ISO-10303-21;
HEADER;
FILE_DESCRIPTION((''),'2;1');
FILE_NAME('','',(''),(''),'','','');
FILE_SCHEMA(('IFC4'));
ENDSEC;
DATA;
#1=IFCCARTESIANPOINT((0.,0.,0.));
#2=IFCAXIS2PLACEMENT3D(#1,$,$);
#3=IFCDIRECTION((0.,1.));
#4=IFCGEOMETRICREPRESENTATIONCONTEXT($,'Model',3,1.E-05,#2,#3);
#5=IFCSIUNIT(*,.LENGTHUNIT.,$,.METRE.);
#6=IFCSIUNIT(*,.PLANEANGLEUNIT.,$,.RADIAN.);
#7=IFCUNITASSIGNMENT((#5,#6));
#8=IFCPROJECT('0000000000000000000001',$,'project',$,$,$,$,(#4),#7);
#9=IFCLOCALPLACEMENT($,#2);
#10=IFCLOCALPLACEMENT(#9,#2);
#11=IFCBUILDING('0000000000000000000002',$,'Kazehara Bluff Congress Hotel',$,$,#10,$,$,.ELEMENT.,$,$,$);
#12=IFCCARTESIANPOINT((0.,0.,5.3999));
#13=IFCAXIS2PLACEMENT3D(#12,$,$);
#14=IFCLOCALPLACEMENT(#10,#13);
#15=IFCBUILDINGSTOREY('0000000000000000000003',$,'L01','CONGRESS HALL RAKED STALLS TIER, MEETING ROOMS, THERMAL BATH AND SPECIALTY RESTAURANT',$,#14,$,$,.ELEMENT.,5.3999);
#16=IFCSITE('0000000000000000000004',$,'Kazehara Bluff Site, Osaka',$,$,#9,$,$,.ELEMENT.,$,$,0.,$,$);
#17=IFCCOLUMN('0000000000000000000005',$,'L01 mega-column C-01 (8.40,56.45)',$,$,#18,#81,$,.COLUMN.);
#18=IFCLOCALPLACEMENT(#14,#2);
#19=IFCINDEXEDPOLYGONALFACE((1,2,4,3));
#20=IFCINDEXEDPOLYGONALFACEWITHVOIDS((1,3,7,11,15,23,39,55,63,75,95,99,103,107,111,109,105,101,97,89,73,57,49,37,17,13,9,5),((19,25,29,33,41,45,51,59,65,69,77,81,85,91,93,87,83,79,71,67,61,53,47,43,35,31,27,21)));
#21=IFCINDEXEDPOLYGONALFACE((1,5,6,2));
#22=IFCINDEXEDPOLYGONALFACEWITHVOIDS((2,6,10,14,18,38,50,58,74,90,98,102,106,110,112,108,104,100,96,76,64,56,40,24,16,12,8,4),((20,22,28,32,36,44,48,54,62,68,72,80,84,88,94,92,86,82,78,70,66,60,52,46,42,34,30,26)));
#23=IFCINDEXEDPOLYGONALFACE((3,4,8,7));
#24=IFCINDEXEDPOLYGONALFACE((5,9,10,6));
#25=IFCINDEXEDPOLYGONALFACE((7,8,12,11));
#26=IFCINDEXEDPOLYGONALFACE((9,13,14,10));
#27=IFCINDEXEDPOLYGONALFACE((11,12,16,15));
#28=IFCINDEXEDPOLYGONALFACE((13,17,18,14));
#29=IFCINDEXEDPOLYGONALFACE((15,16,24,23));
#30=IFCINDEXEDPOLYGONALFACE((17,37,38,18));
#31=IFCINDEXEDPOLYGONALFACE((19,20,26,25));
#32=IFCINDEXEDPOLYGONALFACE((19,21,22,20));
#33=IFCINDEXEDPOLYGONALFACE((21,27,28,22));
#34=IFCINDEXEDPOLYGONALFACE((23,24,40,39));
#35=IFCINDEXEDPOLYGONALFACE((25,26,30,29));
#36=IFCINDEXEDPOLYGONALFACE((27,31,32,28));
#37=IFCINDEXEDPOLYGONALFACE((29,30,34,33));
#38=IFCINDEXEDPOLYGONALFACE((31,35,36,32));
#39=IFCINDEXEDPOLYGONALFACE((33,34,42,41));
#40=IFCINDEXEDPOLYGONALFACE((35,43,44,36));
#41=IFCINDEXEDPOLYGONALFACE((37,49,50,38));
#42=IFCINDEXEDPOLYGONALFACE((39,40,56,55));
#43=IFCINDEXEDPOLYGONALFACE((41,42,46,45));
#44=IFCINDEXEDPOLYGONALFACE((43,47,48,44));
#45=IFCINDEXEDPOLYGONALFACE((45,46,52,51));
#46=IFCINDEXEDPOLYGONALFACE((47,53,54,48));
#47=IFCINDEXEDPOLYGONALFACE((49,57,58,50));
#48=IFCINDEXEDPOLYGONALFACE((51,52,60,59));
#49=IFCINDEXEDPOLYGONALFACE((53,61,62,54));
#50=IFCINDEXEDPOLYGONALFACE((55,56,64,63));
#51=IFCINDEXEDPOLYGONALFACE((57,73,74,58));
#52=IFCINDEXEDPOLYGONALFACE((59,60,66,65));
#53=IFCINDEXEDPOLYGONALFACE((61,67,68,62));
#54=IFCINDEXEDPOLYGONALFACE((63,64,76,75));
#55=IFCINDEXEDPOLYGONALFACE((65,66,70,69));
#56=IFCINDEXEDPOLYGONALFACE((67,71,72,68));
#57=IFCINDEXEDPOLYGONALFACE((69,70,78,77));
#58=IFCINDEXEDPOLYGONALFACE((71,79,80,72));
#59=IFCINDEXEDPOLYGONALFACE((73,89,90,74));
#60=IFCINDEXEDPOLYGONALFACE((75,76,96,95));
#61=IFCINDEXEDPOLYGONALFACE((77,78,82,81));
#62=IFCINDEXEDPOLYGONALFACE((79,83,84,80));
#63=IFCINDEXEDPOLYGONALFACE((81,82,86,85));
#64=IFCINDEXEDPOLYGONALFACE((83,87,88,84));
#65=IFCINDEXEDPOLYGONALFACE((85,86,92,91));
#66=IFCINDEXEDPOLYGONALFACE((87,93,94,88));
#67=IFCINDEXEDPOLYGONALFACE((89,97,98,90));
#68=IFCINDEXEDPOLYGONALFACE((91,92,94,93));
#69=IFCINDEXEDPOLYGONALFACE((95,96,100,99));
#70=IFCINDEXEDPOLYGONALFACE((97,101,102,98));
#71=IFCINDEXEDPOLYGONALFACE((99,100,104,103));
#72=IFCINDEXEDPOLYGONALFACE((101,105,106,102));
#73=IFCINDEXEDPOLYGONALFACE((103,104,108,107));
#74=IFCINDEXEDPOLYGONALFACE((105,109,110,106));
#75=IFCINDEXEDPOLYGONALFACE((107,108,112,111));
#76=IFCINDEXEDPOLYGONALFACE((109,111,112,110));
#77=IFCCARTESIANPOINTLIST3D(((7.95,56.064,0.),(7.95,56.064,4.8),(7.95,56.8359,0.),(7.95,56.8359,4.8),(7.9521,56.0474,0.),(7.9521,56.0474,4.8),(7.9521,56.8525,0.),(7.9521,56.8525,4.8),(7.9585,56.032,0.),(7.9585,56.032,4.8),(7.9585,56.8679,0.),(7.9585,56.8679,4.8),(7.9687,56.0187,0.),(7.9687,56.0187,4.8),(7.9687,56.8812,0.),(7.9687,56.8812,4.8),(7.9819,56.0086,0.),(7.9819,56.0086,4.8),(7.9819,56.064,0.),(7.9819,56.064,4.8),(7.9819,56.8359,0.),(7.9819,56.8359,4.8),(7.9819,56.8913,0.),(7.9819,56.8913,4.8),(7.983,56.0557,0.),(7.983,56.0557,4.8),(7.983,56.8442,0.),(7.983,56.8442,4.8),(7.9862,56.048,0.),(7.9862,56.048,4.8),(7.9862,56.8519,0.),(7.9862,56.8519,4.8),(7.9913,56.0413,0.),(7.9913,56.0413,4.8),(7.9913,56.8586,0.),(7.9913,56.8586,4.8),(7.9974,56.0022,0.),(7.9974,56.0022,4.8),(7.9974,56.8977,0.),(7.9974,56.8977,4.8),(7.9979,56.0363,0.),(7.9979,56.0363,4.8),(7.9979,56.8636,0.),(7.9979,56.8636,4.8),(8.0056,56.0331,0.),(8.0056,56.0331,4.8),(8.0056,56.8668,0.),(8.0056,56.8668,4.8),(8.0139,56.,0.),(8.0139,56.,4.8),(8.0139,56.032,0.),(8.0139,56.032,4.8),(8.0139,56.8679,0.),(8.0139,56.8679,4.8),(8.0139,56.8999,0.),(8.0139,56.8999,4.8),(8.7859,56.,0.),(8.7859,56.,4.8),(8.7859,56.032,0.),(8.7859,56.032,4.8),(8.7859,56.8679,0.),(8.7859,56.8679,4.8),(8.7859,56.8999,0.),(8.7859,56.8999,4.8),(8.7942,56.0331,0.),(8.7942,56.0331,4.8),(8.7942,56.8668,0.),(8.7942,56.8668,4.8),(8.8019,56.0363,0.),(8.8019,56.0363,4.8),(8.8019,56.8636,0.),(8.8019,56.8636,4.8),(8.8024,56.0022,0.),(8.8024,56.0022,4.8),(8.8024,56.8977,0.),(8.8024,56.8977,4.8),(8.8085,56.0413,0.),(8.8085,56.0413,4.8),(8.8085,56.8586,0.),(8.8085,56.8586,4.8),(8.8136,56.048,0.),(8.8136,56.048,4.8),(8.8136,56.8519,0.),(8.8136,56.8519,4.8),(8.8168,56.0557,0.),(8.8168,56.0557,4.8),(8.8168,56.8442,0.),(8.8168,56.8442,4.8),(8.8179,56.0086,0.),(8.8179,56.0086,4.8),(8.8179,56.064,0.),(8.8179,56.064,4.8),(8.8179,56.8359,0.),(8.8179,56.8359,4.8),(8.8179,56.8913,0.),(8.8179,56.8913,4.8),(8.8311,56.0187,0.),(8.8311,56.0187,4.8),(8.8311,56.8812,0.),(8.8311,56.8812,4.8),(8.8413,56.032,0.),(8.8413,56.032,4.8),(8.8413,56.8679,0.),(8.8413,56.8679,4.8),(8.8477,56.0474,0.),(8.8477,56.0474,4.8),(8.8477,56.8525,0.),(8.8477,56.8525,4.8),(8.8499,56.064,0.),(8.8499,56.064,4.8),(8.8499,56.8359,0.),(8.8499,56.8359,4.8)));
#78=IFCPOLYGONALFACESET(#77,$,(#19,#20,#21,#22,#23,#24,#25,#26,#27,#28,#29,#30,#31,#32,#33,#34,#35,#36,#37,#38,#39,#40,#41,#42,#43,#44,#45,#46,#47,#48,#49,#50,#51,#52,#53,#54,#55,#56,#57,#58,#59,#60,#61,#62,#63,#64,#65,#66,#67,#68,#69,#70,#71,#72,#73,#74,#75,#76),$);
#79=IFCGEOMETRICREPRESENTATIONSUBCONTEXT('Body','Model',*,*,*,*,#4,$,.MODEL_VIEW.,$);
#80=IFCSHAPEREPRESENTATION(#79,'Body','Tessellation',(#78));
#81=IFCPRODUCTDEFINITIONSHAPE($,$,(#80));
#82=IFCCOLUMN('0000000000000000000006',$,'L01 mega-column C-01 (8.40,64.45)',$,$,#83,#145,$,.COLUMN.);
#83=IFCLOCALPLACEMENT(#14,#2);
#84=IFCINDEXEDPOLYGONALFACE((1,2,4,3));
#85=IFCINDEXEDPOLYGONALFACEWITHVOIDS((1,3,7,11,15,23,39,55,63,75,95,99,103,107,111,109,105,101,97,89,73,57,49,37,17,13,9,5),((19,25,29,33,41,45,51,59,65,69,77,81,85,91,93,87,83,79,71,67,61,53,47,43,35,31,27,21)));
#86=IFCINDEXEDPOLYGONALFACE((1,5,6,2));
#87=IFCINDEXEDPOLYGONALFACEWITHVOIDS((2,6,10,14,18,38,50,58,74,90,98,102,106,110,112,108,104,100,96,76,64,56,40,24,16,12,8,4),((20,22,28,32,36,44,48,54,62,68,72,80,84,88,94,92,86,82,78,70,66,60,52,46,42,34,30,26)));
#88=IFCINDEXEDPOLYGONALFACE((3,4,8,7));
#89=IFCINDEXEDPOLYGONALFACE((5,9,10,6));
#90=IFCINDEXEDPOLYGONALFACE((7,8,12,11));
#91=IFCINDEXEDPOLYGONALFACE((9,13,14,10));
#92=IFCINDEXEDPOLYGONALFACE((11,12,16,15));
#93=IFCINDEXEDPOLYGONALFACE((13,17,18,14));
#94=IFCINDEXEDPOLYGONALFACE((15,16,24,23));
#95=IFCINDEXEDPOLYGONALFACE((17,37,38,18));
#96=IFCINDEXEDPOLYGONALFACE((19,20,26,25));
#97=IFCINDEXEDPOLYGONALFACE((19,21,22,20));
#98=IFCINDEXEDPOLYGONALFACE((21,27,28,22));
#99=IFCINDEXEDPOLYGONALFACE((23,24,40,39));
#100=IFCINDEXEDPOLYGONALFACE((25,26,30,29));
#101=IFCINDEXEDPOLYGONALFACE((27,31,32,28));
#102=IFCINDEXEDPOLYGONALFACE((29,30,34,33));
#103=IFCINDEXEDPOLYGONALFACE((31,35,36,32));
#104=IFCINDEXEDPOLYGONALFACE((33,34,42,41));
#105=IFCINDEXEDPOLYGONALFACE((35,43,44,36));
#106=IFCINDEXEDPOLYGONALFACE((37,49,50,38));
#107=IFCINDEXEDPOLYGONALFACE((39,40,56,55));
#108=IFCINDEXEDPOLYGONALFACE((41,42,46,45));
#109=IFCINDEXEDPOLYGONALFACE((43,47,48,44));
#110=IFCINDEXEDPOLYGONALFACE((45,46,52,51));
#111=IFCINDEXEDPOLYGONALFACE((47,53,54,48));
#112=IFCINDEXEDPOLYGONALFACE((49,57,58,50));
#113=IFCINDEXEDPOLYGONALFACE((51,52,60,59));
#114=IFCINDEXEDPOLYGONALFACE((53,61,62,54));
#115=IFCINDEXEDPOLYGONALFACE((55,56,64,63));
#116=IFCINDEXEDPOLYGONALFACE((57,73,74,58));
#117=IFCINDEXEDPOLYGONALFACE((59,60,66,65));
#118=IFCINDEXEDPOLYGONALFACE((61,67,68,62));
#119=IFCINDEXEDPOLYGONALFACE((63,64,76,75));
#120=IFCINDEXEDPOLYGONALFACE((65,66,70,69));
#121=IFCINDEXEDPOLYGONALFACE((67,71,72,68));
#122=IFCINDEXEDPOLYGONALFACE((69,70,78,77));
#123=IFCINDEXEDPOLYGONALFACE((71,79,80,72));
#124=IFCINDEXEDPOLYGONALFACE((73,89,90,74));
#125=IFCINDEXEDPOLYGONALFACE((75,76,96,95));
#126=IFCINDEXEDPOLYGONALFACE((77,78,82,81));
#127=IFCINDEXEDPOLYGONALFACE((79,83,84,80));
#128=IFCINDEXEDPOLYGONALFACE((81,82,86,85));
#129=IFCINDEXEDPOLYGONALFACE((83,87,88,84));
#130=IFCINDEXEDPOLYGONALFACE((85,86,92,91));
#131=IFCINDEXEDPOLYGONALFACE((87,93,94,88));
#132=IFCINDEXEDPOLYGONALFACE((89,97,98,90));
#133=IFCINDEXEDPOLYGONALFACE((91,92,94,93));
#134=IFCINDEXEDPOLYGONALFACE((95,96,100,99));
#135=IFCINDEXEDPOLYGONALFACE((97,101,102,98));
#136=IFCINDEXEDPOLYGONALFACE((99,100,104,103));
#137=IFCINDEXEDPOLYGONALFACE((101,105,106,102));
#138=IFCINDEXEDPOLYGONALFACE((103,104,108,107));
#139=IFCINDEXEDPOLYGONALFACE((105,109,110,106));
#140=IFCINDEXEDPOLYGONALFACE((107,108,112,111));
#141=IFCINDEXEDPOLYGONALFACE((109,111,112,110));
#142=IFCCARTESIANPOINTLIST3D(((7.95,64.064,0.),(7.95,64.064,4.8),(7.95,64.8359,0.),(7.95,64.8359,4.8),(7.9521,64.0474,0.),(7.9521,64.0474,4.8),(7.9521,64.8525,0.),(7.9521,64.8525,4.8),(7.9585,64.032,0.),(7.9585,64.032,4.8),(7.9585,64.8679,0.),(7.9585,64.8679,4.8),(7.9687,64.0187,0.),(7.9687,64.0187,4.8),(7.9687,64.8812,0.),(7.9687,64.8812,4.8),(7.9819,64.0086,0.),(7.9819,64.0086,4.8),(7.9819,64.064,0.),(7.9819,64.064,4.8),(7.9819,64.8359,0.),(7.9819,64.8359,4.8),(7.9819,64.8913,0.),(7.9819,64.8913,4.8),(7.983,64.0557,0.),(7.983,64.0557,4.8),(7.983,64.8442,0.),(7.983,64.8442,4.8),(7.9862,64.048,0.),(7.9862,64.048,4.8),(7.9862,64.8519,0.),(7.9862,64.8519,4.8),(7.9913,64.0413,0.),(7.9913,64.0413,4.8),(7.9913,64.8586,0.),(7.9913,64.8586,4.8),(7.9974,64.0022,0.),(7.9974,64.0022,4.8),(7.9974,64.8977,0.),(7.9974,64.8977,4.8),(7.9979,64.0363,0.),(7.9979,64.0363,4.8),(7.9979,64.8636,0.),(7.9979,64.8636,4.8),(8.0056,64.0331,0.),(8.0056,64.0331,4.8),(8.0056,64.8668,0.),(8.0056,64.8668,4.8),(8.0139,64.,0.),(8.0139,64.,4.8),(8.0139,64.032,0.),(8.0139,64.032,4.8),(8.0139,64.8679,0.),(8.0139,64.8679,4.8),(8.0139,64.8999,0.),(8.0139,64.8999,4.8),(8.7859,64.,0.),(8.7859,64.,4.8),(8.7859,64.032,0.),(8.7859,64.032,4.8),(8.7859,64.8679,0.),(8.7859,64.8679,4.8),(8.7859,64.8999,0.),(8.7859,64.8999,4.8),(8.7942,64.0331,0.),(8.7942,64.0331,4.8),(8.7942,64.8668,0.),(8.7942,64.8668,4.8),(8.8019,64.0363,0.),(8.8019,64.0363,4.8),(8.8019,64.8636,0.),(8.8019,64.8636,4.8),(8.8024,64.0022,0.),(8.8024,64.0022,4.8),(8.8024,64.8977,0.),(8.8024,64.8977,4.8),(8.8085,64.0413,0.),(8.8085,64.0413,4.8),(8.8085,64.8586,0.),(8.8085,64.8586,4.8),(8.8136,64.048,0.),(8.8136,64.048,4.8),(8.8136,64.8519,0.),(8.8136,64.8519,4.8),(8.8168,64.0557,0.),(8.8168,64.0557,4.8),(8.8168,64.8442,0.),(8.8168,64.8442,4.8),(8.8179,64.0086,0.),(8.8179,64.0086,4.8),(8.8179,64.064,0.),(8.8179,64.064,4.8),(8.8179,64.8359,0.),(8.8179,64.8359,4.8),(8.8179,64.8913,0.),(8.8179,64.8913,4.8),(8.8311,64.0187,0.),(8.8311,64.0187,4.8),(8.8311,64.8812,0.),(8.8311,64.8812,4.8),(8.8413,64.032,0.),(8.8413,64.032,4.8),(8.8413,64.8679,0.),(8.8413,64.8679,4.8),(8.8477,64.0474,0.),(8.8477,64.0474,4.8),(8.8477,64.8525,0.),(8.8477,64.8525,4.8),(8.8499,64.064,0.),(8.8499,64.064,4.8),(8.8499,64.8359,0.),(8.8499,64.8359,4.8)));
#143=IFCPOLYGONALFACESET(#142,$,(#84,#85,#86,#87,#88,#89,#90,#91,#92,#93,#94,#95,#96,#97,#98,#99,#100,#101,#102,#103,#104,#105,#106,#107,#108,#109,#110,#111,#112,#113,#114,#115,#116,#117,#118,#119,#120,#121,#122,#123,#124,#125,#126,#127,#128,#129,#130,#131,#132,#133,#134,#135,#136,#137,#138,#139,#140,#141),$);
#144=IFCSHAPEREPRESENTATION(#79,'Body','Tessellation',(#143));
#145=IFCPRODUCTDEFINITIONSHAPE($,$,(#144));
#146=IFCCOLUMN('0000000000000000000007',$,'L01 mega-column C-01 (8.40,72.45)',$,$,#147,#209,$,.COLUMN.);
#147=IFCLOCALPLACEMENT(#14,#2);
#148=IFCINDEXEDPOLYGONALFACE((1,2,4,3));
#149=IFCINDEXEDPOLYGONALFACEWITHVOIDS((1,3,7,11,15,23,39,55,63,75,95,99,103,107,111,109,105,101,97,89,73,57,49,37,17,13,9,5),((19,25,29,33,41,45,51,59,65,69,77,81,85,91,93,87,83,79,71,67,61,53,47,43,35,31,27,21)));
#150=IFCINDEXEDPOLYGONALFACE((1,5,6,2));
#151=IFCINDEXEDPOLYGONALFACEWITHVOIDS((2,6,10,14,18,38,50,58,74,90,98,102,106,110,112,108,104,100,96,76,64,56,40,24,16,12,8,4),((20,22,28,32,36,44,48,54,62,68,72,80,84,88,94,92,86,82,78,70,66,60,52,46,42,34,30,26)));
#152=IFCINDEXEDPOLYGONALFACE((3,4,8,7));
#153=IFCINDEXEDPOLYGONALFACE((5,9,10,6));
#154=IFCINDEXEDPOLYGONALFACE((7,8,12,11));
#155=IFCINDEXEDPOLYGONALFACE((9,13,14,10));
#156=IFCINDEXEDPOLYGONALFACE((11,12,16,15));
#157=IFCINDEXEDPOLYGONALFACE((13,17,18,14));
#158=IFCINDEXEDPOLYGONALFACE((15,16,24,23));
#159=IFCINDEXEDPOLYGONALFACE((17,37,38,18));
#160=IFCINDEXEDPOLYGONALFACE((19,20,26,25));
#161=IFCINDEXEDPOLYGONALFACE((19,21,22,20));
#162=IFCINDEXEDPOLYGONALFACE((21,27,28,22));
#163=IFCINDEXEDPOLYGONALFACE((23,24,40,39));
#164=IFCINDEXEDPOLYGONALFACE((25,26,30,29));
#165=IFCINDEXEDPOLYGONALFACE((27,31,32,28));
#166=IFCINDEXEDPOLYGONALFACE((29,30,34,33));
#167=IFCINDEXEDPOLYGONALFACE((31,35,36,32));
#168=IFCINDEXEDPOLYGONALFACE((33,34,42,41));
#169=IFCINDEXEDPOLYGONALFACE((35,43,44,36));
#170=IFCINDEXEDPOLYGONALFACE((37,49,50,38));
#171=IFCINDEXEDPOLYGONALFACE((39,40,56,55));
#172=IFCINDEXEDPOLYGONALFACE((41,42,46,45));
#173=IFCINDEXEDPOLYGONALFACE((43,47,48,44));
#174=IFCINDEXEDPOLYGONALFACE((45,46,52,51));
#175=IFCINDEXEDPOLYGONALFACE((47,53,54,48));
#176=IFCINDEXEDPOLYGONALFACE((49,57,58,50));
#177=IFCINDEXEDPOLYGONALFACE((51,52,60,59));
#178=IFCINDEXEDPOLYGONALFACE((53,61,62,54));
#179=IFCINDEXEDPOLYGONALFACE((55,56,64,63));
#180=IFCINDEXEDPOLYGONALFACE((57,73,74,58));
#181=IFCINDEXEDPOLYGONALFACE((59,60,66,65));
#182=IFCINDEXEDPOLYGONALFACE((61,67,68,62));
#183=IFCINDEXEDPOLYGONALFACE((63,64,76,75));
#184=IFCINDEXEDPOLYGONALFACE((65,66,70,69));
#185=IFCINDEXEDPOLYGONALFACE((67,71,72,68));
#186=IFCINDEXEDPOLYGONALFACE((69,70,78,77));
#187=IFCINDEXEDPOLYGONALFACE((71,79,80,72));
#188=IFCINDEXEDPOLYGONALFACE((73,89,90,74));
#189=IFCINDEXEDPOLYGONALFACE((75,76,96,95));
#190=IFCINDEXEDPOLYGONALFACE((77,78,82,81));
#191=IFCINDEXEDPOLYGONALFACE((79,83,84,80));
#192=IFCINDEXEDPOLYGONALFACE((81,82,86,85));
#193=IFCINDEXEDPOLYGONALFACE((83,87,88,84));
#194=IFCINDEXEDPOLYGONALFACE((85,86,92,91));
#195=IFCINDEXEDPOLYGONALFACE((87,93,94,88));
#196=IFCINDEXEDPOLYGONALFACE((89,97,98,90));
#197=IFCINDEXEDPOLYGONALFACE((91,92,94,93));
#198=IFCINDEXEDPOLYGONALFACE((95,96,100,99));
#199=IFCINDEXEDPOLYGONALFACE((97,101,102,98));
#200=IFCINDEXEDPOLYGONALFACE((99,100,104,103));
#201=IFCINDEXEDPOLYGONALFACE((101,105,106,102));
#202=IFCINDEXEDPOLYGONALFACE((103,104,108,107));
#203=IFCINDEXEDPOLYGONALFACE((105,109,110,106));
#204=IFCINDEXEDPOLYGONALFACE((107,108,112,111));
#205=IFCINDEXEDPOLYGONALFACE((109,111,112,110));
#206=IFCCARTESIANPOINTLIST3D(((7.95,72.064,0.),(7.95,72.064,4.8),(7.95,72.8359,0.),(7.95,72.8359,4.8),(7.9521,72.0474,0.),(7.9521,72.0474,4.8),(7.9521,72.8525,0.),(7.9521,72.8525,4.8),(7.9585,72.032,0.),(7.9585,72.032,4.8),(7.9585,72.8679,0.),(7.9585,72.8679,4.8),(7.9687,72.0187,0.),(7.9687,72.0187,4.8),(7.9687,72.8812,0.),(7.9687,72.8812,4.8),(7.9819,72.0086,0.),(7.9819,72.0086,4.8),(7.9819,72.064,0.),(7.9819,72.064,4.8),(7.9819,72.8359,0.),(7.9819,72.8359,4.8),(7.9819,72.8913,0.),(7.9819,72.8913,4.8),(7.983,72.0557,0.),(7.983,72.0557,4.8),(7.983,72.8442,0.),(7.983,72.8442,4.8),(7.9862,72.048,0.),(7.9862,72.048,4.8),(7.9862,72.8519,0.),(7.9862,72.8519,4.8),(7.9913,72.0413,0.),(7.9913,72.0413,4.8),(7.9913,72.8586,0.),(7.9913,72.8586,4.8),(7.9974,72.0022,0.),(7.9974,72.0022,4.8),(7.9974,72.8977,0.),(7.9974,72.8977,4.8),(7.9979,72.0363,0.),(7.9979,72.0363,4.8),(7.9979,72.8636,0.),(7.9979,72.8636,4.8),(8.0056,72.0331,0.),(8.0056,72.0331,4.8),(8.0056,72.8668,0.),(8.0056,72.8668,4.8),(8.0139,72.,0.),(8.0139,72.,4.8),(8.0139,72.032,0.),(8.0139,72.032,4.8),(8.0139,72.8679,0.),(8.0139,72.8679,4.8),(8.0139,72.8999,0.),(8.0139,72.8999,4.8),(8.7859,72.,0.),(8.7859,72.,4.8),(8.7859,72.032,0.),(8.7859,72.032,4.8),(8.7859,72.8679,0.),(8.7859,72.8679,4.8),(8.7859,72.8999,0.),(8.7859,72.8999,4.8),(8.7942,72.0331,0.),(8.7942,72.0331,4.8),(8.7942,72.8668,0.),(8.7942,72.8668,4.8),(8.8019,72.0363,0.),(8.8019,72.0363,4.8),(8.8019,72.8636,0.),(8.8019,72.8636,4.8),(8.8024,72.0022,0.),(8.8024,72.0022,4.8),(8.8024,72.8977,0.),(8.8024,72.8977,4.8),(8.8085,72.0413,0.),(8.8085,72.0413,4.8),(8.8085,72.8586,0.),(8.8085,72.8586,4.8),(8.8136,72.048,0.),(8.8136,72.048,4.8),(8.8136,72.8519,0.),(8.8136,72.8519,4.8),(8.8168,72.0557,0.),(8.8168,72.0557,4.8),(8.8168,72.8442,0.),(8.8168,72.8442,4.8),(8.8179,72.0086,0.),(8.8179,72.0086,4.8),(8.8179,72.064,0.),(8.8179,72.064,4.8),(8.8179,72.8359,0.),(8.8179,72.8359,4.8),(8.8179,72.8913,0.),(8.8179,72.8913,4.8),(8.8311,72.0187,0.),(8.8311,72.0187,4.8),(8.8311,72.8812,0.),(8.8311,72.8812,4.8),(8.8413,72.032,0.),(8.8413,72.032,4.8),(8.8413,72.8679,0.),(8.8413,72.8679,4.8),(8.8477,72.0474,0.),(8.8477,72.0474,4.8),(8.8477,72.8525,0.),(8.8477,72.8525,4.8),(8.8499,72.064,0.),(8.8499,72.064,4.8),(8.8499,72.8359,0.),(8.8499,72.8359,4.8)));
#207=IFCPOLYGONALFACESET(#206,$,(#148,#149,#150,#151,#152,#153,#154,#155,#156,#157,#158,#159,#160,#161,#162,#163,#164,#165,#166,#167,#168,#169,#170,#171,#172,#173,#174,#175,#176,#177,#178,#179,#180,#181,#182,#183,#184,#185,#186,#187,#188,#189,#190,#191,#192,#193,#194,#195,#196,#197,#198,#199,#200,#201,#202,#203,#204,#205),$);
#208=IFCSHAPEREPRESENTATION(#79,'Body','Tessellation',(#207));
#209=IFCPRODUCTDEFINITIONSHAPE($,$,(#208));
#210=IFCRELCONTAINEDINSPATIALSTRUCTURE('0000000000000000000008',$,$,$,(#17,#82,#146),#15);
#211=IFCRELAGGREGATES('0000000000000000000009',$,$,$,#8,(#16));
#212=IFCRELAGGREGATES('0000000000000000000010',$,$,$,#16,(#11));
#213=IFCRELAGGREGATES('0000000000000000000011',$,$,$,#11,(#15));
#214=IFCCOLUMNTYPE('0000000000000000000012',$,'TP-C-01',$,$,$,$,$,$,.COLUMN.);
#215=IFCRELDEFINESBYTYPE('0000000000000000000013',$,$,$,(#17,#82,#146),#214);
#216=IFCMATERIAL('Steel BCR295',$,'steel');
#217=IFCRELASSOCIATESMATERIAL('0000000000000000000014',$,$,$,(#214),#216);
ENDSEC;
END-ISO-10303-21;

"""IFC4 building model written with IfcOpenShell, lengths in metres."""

from ifc_helpers import new_model, si_unit, direction, frame, origin, origin_2d, place, context, subcontext, project, spatial, hollow_rectangle, extrude, material, material_profile, profile_set, type_object, element, save


model = new_model("IFC4")

# Units and contexts
model_context = context("Model", 3, precision=1e-05, world=origin(), true_north=direction((0.0, 1.0)))
body_context = subcontext(model_context, "Body", "Model", "MODEL_VIEW")
ifc_project = project(units=[si_unit("LENGTHUNIT", "METRE"), si_unit("PLANEANGLEUNIT", "RADIAN")], contexts=[model_context])

# Site, building, storey
site_placement = place(None, origin())
site = spatial("IfcSite", under=ifc_project, at=site_placement, Name="Kazehara Bluff Site, Osaka", CompositionType="ELEMENT", RefElevation=0.0)
building_placement = place(site_placement, origin())
building = spatial("IfcBuilding", under=site, at=building_placement, Name="Kazehara Bluff Congress Hotel", CompositionType="ELEMENT")
storey_placement = place(building_placement, frame((0.0, 0.0, 5.3999)))
storey = spatial("IfcBuildingStorey", under=building, at=storey_placement, Name="L01", Description="CONGRESS HALL RAKED STALLS TIER, MEETING ROOMS, THERMAL BATH AND SPECIALTY RESTAURANT", CompositionType="ELEMENT", Elevation=5.3999)

# Columns
ifc_material_1 = material(Name="Steel BCR295", Category="steel")
ifc_material_profile_1 = material_profile(ifc_material_1, hollow_rectangle(XDim=0.8999, YDim=0.8999, WallThickness=0.032, InnerFilletRadius=0.032, OuterFilletRadius=0.064, at=origin_2d()))
ifc_profile_set_1 = profile_set([ifc_material_profile_1], Name="Steel BCR295")
column_type = type_object("IfcColumnType", Name="TP-C-01", PredefinedType="COLUMN", material=ifc_profile_set_1)
for number, where, z_axis, x_axis, name in (
    (1, (8.3999, 56.45, 0.0), (0.0, 0.0, 1.0), (1.0, 0.0, 0.0), "L01 mega-column C-01 (8.40,56.45)"),
    (2, (8.3999, 64.45, 0.0), (0.0, 0.0, 1.0), (1.0, 0.0, 0.0), "L01 mega-column C-01 (8.40,64.45)"),
    (3, (8.3999, 72.45, 0.0), (0.0, 0.0, 1.0), (1.0, 0.0, 0.0), "L01 mega-column C-01 (8.40,72.45)"),
):
    element("IfcColumn", number, at=place(storey_placement, frame(where, z_axis=z_axis, x_axis=x_axis)), inside=storey, type_object=column_type, Name=name, PredefinedType="COLUMN", context=body_context, shape_type="SweptSolid", body=[
        extrude(hollow_rectangle(XDim=0.8999, YDim=0.8999, WallThickness=0.032, InnerFilletRadius=0.032, OuterFilletRadius=0.064, at=origin_2d()), origin(), (0.0, 0.0, 1.0), 4.8),
    ])

save(model, "model.ifc")
